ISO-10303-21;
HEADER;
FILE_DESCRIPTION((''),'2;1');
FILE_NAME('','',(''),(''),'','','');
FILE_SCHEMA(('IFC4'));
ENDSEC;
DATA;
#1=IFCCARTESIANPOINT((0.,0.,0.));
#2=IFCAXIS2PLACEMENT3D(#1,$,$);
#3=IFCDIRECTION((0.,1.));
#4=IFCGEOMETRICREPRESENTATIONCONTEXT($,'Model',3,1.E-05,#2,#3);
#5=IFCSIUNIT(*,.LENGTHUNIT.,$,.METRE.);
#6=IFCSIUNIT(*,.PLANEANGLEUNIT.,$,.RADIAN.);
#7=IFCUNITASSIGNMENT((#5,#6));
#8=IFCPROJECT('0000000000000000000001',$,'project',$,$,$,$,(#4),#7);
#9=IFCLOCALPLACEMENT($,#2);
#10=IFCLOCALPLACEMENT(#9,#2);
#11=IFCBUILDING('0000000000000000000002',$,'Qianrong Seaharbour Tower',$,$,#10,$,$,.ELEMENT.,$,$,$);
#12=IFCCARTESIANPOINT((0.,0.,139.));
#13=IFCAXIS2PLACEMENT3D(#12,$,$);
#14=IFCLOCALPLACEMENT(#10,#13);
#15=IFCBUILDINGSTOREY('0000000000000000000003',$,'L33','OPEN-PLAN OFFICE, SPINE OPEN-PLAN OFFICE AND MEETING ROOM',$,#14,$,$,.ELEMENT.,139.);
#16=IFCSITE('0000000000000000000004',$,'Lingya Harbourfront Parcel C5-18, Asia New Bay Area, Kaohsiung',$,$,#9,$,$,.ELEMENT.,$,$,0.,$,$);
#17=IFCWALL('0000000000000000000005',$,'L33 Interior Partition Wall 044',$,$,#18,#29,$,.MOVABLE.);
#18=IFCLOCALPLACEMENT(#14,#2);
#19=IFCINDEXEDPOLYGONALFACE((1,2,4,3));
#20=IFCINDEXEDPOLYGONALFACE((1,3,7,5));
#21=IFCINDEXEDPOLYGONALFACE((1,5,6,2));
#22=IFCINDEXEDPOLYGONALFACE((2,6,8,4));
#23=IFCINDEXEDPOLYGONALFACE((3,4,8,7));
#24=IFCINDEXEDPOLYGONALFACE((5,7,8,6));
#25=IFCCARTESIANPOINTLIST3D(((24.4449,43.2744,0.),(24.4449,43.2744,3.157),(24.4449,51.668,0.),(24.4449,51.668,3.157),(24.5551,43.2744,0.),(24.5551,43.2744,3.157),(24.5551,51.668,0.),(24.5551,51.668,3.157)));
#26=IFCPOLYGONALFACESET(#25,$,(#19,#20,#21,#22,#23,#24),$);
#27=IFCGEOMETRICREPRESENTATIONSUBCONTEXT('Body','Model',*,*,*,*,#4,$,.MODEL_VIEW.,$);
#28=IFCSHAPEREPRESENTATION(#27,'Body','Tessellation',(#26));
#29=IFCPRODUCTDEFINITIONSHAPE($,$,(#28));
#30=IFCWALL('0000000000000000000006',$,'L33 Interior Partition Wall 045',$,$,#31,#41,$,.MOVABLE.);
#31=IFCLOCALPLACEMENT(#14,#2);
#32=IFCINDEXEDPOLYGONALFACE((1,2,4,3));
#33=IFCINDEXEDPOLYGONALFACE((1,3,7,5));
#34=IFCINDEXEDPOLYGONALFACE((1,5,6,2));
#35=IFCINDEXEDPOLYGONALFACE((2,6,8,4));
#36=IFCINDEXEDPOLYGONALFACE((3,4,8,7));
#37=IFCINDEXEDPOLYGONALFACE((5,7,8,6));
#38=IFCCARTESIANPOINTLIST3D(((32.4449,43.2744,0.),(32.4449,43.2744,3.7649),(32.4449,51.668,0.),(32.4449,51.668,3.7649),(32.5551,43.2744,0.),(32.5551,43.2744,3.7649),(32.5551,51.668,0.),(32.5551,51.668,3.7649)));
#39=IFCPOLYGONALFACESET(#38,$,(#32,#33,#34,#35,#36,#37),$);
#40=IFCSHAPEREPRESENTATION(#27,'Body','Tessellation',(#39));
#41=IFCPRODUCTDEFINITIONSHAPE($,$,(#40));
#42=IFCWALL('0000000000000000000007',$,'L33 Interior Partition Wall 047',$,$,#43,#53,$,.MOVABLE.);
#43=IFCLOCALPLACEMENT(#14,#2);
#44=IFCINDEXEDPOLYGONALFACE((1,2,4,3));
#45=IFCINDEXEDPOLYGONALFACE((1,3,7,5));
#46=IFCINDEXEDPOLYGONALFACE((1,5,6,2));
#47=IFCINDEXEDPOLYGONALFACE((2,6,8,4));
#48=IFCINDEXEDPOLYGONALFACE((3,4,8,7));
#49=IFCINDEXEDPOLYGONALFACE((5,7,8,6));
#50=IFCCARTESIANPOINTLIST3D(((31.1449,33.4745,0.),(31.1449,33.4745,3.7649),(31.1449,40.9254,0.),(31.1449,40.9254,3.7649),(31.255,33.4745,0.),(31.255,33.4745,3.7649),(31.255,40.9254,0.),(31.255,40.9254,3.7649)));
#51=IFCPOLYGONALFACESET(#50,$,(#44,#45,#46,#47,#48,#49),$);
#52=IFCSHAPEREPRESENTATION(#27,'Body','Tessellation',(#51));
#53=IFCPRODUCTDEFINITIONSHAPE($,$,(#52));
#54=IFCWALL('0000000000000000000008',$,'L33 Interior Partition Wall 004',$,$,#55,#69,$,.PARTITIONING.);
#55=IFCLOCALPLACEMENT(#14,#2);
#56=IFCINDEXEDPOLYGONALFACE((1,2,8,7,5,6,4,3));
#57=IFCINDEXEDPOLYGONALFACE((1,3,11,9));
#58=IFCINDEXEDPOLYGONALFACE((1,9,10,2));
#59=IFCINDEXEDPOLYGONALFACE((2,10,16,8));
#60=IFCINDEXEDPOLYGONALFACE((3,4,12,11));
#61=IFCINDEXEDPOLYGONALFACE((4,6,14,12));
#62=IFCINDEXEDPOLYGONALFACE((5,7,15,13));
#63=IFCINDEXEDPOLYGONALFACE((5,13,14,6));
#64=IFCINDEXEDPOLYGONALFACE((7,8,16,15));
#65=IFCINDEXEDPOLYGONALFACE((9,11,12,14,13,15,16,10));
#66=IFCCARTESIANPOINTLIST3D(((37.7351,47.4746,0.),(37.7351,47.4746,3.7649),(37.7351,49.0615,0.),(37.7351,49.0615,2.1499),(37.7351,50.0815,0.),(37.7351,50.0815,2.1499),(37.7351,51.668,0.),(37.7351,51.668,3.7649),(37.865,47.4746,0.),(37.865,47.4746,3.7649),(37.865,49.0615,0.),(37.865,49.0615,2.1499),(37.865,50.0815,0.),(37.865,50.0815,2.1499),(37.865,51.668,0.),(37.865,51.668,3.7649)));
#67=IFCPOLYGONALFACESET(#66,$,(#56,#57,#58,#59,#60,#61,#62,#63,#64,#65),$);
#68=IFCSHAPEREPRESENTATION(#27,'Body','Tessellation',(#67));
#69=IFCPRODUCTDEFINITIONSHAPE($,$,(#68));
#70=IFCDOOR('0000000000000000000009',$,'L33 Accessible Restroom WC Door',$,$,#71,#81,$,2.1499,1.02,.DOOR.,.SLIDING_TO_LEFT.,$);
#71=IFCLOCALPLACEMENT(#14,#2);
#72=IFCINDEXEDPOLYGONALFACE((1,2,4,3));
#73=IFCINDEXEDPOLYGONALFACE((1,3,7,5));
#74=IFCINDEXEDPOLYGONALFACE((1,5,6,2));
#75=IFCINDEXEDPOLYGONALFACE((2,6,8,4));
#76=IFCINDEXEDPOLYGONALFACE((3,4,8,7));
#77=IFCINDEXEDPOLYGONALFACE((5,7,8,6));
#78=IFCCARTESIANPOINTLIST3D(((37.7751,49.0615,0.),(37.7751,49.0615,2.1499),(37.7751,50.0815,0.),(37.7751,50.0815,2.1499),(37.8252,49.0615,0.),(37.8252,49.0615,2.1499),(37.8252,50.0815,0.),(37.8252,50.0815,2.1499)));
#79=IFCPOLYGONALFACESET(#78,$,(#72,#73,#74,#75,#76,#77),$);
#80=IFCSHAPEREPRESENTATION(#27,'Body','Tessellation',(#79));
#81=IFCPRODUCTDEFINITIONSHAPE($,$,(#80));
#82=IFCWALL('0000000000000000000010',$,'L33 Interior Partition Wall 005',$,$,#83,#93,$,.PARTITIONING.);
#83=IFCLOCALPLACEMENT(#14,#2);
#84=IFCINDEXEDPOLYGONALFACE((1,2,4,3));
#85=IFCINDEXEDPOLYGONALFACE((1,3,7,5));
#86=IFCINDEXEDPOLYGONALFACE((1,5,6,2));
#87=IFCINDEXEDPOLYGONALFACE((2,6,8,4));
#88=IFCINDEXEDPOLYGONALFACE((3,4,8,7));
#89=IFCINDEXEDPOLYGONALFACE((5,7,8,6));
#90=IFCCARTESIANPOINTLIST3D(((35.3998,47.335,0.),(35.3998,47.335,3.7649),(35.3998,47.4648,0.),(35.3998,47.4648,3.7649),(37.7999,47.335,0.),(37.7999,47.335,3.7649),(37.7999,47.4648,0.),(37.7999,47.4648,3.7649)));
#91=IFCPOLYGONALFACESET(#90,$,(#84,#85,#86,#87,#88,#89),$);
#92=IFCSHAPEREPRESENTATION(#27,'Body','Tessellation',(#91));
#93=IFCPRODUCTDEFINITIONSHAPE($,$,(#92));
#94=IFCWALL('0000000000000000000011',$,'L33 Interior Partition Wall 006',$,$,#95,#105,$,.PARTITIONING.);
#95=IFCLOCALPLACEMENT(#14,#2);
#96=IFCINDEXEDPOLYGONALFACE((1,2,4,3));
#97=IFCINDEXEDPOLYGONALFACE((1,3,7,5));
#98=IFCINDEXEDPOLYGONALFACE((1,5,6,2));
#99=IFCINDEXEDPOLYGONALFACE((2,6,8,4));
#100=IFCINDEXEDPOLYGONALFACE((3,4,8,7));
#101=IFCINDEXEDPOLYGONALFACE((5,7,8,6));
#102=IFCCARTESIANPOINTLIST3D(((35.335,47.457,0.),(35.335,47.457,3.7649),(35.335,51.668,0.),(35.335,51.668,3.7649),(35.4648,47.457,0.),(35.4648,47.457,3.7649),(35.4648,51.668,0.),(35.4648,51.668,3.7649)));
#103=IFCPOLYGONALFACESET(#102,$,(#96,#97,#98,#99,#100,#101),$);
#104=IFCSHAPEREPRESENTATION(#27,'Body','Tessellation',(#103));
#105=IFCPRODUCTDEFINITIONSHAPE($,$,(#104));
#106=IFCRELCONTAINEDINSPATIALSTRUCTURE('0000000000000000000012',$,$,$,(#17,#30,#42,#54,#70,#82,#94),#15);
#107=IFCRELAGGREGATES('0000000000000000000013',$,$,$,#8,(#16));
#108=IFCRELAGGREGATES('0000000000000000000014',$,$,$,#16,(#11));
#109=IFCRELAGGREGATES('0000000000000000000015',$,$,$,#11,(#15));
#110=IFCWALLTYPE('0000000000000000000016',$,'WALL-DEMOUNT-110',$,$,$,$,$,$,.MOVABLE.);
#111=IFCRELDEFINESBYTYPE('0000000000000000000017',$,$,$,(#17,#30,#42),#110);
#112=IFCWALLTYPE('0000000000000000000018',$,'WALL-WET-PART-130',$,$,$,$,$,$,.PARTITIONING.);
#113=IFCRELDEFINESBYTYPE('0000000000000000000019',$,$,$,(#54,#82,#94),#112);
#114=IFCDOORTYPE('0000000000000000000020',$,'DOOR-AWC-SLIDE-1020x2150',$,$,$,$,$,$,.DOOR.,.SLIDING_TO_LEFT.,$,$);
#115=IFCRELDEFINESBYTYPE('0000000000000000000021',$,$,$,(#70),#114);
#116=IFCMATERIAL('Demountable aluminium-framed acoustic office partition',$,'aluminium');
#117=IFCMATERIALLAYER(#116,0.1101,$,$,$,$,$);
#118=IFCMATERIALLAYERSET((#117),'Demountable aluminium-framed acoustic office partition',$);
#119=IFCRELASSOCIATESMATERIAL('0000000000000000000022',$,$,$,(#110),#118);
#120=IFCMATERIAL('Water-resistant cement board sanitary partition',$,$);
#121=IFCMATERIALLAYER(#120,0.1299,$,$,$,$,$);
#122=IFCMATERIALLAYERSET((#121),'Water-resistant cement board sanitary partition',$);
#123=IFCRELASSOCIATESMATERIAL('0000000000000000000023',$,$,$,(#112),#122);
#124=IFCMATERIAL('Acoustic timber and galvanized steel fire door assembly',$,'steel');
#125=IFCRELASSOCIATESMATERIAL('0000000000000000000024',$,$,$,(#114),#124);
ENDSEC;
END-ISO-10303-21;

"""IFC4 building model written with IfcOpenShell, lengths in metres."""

from ifc_helpers import new_model, si_unit, direction, frame, frame_2d, origin, place, context, subcontext, project, spatial, rectangle, extrude, material, layer, layer_set, type_object, element, fill, save


model = new_model("IFC4")

# Units and contexts
model_context = context("Model", 3, precision=1e-05, world=origin(), true_north=direction((0.0, 1.0)))
body_context = subcontext(model_context, "Body", "Model", "MODEL_VIEW")
ifc_project = project(units=[si_unit("LENGTHUNIT", "METRE"), si_unit("PLANEANGLEUNIT", "RADIAN")], contexts=[model_context])

# Site, building, storey
site_placement = place(None, origin())
site = spatial("IfcSite", under=ifc_project, at=site_placement, Name="Lingya Harbourfront Parcel C5-18, Asia New Bay Area, Kaohsiung", CompositionType="ELEMENT", RefElevation=0.0)
building_placement = place(site_placement, origin())
building = spatial("IfcBuilding", under=site, at=building_placement, Name="Qianrong Seaharbour Tower", CompositionType="ELEMENT")
storey_placement = place(building_placement, frame((0.0, 0.0, 139.0)))
storey = spatial("IfcBuildingStorey", under=building, at=storey_placement, Name="L33", Description="OPEN-PLAN OFFICE, SPINE OPEN-PLAN OFFICE AND MEETING ROOM", CompositionType="ELEMENT", Elevation=139.0)

# Shared definitions
ifc_material_1 = material(Name="Acoustic timber and galvanized steel fire door assembly", Category="steel")

# Walls
ifc_material_2 = material(Name="Demountable aluminium-framed acoustic office partition", Category="aluminium")
ifc_layer_1 = layer(ifc_material_2, 0.1101)
ifc_layer_set_1 = layer_set([ifc_layer_1], Name="Demountable aluminium-framed acoustic office partition")
wall_type_1 = type_object("IfcWallType", Name="WALL-DEMOUNT-110", PredefinedType="MOVABLE", material=ifc_layer_set_1)
wall_1_placement = place(storey_placement, frame((24.5, 51.668, 0.0), z_axis=(0.0, 0.0, 1.0), x_axis=(0.0, -1.0, 0.0)))
element("IfcWall", 1, at=wall_1_placement, inside=storey, type_object=wall_type_1, Name="L33 Interior Partition Wall 044", PredefinedType="MOVABLE", context=body_context, shape_type="SweptSolid", body=[
    extrude(rectangle(XDim=8.3936, YDim=0.1101, at=frame_2d((4.1968, 0.0))), origin(), (0.0, 0.0, 1.0), 3.157),
])
wall_2_placement = place(storey_placement, frame((32.5, 51.668, 0.0), z_axis=(0.0, 0.0, 1.0), x_axis=(0.0, -1.0, 0.0)))
element("IfcWall", 2, at=wall_2_placement, inside=storey, type_object=wall_type_1, Name="L33 Interior Partition Wall 045", PredefinedType="MOVABLE", context=body_context, shape_type="SweptSolid", body=[
    extrude(rectangle(XDim=8.3936, YDim=0.1101, at=frame_2d((4.1968, 0.0))), origin(), (0.0, 0.0, 1.0), 3.7649),
])
wall_3_placement = place(storey_placement, frame((31.2, 40.9255, 0.0), z_axis=(0.0, 0.0, 1.0), x_axis=(0.0, -1.0, 0.0)))
element("IfcWall", 3, at=wall_3_placement, inside=storey, type_object=wall_type_1, Name="L33 Interior Partition Wall 047", PredefinedType="MOVABLE", context=body_context, shape_type="SweptSolid", body=[
    extrude(rectangle(XDim=7.4509, YDim=0.1101, at=frame_2d((3.7256, 0.0))), origin(), (0.0, 0.0, 1.0), 3.7649),
])

# Wall, opening, door
ifc_material_3 = material(Name="Water-resistant cement board sanitary partition")
ifc_layer_2 = layer(ifc_material_3, 0.1299)
ifc_layer_set_2 = layer_set([ifc_layer_2], Name="Water-resistant cement board sanitary partition")
wall_type_2 = type_object("IfcWallType", Name="WALL-WET-PART-130", PredefinedType="PARTITIONING", material=ifc_layer_set_2)
wall_4_placement = place(storey_placement, frame((37.8, 47.4746, 0.0), z_axis=(0.0, 0.0, 1.0), x_axis=(0.0, 1.0, 0.0)))
wall_4 = element("IfcWall", 4, at=wall_4_placement, inside=storey, type_object=wall_type_2, Name="L33 Interior Partition Wall 004", PredefinedType="PARTITIONING", context=body_context, shape_type="SweptSolid", body=[
    extrude(rectangle(XDim=4.1934, YDim=0.1299, at=frame_2d((2.0967, 0.0))), origin(), (0.0, 0.0, 1.0), 3.7649),
])
opening_1_placement = place(wall_4_placement, frame((1.5869, 0.0, 0.0)))
opening_1 = element("IfcOpeningElement", 5, at=opening_1_placement, cuts=wall_4, PredefinedType="OPENING", context=body_context, shape_type="SweptSolid", body=[
    extrude(rectangle(XDim=1.02, YDim=2.1499, at=frame_2d((0.51, 1.075))), frame((0.0, 0.075, 0.0), z_axis=(0.0, -1.0, 0.0), x_axis=(1.0, 0.0, 0.0)), (0.0, 0.0, 1.0), 0.1499),
])
door_type_1 = type_object("IfcDoorType", Name="DOOR-AWC-SLIDE-1020x2150", OperationType="SLIDING_TO_LEFT", PredefinedType="DOOR", material=ifc_material_1)
door_1_placement = place(opening_1_placement, origin())
door_1 = element("IfcDoor", 6, at=door_1_placement, inside=storey, type_object=door_type_1, Name="L33 Accessible Restroom WC Door", OperationType="SLIDING_TO_LEFT", OverallHeight=2.1499, OverallWidth=1.02, PredefinedType="DOOR", context=body_context, shape_type="SweptSolid", body=[
    extrude(rectangle(XDim=1.02, YDim=2.1499, at=frame_2d((0.51, 1.075))), frame((0.0, 0.0249, 0.0), z_axis=(0.0, -1.0, 0.0), x_axis=(1.0, 0.0, 0.0)), (0.0, 0.0, 1.0), 0.05),
])
fill(opening_1, door_1)

# Walls
wall_5_placement = place(storey_placement, frame((37.8, 47.3999, 0.0), z_axis=(0.0, 0.0, 1.0), x_axis=(-1.0, 0.0, 0.0)))
element("IfcWall", 7, at=wall_5_placement, inside=storey, type_object=wall_type_2, Name="L33 Interior Partition Wall 005", PredefinedType="PARTITIONING", context=body_context, shape_type="SweptSolid", body=[
    extrude(rectangle(XDim=2.4001, YDim=0.1299, at=frame_2d((1.2002, 0.0))), origin(), (0.0, 0.0, 1.0), 3.7649),
])
wall_6_placement = place(storey_placement, frame((35.3999, 47.457, 0.0), z_axis=(0.0, 0.0, 1.0), x_axis=(0.0, 1.0, 0.0)))
element("IfcWall", 8, at=wall_6_placement, inside=storey, type_object=wall_type_2, Name="L33 Interior Partition Wall 006", PredefinedType="PARTITIONING", context=body_context, shape_type="SweptSolid", body=[
    extrude(rectangle(XDim=4.2109, YDim=0.1299, at=frame_2d((2.1055, 0.0))), origin(), (0.0, 0.0, 1.0), 3.7649),
])

save(model, "model.ifc")
